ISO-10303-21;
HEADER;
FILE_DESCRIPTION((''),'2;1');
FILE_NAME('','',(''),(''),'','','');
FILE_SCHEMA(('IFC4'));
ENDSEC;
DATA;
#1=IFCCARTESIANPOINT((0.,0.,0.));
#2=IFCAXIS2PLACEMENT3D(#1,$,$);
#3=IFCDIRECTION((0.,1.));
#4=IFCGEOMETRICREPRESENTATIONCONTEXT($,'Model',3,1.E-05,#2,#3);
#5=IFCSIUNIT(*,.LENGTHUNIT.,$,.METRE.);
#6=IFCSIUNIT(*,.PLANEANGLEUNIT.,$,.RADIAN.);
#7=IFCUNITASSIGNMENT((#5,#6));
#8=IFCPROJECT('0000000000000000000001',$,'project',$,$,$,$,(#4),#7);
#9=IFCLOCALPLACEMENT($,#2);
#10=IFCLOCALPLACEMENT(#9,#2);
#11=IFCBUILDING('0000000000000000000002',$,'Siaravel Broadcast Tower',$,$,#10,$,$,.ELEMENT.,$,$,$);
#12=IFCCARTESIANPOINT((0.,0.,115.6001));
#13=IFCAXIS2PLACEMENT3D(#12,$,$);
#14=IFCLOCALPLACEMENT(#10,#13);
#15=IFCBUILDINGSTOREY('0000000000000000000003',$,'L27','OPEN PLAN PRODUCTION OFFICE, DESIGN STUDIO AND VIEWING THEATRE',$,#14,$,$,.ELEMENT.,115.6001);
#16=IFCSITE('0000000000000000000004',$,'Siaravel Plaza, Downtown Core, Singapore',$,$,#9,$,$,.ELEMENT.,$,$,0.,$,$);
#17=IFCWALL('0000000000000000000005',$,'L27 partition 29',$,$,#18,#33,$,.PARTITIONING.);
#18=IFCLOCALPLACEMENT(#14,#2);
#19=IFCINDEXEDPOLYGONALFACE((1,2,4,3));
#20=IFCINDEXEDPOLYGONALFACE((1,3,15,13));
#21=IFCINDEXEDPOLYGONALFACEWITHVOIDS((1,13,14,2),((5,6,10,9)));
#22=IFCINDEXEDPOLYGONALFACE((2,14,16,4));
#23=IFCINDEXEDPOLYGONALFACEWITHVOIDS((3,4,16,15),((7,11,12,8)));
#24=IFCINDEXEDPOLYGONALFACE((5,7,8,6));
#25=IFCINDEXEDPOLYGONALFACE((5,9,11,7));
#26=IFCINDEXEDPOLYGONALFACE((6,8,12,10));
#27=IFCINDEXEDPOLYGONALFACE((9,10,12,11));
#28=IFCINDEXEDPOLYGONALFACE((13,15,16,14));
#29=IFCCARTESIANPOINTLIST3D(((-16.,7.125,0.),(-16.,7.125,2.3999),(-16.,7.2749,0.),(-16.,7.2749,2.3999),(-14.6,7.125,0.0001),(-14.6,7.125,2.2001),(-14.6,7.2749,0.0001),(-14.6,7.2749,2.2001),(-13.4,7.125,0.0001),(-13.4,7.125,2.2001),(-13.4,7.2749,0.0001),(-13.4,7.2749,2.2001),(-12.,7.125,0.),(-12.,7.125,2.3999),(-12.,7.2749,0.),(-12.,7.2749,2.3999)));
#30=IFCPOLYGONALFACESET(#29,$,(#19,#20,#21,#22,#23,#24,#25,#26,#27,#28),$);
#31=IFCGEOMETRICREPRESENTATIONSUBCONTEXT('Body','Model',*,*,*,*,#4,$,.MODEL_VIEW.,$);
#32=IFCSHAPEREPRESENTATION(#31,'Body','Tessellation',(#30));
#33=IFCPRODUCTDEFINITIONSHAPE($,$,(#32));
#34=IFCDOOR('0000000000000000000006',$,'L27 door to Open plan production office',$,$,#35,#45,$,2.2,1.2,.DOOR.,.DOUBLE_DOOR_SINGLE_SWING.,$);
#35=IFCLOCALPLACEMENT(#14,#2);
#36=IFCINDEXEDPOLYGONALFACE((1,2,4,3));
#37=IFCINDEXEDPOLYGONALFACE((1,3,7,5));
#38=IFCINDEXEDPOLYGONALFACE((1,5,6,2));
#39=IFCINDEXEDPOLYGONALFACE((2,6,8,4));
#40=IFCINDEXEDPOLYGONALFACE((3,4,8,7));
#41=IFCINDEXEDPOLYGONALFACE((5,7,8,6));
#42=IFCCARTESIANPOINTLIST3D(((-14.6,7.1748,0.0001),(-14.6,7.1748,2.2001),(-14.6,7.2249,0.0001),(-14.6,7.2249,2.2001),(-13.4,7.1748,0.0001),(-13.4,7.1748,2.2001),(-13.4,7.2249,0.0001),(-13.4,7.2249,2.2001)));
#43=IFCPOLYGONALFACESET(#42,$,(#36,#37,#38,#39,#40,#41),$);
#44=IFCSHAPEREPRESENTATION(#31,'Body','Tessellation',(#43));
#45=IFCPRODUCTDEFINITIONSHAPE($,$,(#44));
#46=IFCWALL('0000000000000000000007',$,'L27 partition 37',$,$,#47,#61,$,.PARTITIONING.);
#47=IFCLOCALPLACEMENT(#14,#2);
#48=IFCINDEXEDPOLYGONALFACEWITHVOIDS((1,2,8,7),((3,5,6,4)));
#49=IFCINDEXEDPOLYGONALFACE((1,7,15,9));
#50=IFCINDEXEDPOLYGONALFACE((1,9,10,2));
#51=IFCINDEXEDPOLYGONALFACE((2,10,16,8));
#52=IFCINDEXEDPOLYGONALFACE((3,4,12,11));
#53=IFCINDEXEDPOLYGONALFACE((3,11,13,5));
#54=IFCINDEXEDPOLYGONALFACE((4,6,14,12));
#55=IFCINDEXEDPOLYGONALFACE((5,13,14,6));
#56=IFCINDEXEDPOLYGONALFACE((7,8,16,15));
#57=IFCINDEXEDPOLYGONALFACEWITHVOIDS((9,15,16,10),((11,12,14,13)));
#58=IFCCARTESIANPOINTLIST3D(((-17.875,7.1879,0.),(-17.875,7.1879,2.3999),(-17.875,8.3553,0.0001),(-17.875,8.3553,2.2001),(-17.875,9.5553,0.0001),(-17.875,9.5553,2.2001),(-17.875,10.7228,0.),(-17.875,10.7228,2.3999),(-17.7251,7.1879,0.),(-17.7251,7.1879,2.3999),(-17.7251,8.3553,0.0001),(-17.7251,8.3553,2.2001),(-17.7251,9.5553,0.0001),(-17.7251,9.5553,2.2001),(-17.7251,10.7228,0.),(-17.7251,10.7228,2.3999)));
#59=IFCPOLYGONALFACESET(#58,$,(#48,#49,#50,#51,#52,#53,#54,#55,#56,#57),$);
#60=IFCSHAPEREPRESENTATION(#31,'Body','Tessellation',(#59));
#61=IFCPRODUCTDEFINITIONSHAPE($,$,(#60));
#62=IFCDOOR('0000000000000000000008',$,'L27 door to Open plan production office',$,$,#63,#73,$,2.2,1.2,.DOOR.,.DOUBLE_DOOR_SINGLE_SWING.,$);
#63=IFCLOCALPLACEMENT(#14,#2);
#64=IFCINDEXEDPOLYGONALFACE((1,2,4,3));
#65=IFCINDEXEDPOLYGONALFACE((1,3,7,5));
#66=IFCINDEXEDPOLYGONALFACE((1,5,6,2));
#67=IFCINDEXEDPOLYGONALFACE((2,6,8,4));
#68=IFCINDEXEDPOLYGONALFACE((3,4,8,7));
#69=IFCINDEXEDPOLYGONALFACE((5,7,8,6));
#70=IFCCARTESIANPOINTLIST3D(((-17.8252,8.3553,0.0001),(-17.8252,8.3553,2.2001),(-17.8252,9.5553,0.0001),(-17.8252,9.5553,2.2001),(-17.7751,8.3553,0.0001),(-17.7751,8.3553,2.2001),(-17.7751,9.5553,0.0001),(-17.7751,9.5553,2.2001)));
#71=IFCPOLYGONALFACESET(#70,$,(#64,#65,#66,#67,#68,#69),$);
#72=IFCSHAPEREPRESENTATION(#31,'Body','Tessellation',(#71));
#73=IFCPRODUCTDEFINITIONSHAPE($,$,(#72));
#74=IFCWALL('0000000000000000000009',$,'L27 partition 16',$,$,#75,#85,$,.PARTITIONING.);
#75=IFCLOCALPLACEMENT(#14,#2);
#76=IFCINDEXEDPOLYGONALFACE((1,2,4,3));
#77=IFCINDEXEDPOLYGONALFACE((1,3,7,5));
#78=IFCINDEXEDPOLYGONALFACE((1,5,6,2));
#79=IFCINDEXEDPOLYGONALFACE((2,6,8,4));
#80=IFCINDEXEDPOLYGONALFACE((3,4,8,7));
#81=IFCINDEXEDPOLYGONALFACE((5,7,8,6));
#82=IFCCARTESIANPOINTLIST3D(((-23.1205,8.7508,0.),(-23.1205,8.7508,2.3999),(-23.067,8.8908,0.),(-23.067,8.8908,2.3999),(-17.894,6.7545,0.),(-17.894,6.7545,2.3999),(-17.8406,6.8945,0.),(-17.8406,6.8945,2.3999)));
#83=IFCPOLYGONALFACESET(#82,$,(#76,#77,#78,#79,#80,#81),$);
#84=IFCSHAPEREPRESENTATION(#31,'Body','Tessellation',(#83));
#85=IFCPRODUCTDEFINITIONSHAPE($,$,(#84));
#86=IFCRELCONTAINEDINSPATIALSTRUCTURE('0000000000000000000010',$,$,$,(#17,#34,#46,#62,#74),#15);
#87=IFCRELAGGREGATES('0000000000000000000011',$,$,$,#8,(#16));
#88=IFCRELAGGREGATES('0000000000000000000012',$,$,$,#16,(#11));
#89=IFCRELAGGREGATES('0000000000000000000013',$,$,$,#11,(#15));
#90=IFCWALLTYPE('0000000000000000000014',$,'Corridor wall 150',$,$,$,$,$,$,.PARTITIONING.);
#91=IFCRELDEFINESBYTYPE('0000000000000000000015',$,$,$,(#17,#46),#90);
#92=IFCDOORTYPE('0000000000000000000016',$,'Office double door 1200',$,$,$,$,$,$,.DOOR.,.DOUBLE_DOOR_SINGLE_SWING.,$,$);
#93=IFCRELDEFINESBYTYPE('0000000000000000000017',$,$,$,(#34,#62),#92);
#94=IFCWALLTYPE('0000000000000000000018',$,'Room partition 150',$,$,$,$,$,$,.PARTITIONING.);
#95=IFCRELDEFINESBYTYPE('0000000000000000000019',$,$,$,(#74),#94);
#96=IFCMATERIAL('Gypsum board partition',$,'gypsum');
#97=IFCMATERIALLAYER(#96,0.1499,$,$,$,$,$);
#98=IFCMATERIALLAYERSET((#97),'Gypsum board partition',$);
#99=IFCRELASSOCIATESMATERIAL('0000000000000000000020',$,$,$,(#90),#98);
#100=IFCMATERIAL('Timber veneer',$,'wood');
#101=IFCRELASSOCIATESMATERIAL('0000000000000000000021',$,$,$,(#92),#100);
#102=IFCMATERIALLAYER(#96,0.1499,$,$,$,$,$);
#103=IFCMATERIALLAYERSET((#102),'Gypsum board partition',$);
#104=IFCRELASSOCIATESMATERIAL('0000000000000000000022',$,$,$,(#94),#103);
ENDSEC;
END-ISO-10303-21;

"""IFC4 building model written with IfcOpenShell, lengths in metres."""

from ifc_helpers import new_model, si_unit, direction, frame, frame_2d, origin, place, context, subcontext, project, spatial, rectangle, extrude, material, layer, layer_set, type_object, element, fill, save


model = new_model("IFC4")

# Units and contexts
model_context = context("Model", 3, precision=1e-05, world=origin(), true_north=direction((0.0, 1.0)))
body_context = subcontext(model_context, "Body", "Model", "MODEL_VIEW")
ifc_project = project(units=[si_unit("LENGTHUNIT", "METRE"), si_unit("PLANEANGLEUNIT", "RADIAN")], contexts=[model_context])

# Site, building, storey
site_placement = place(None, origin())
site = spatial("IfcSite", under=ifc_project, at=site_placement, Name="Siaravel Plaza, Downtown Core, Singapore", CompositionType="ELEMENT", RefElevation=0.0)
building_placement = place(site_placement, origin())
building = spatial("IfcBuilding", under=site, at=building_placement, Name="Siaravel Broadcast Tower", CompositionType="ELEMENT")
storey_placement = place(building_placement, frame((0.0, 0.0, 115.6001)))
storey = spatial("IfcBuildingStorey", under=building, at=storey_placement, Name="L27", Description="OPEN PLAN PRODUCTION OFFICE, DESIGN STUDIO AND VIEWING THEATRE", CompositionType="ELEMENT", Elevation=115.6001)

# Walls, openings, doors
ifc_material_1 = material(Name="Gypsum board partition", Category="gypsum")
ifc_layer_1 = layer(ifc_material_1, 0.1499)
ifc_layer_set_1 = layer_set([ifc_layer_1], Name="Gypsum board partition")
wall_type_1 = type_object("IfcWallType", Name="Corridor wall 150", PredefinedType="PARTITIONING", material=ifc_layer_set_1)
wall_1_placement = place(storey_placement, frame((-16.0, 7.2, 0.0), z_axis=(0.0, 0.0, 1.0), x_axis=(1.0, 0.0, 0.0)))
wall_1 = element("IfcWall", 1, at=wall_1_placement, inside=storey, type_object=wall_type_1, Name="L27 partition 29", PredefinedType="PARTITIONING", context=body_context, shape_type="SweptSolid", body=[
    extrude(rectangle(XDim=4.0, YDim=0.1499, at=frame_2d((2.0, 0.0))), origin(), (0.0, 0.0, 1.0), 2.3999),
])
opening_1_placement = place(wall_1_placement, frame((1.3999, 0.0, 0.0)))
opening_1 = element("IfcOpeningElement", 2, at=opening_1_placement, cuts=wall_1, PredefinedType="OPENING", context=body_context, shape_type="SweptSolid", body=[
    extrude(rectangle(XDim=1.2, YDim=2.2, at=frame_2d((0.6001, 1.1001))), frame((0.0, 0.085, 0.0), z_axis=(0.0, -1.0, 0.0), x_axis=(1.0, 0.0, 0.0)), (0.0, 0.0, 1.0), 0.1699),
])
ifc_material_2 = material(Name="Timber veneer", Category="wood")
door_type = type_object("IfcDoorType", Name="Office double door 1200", OperationType="DOUBLE_DOOR_SINGLE_SWING", PredefinedType="DOOR", material=ifc_material_2)
door_1_placement = place(opening_1_placement, origin())
door_1 = element("IfcDoor", 3, at=door_1_placement, inside=storey, type_object=door_type, Name="L27 door to Open plan production office", OperationType="DOUBLE_DOOR_SINGLE_SWING", OverallHeight=2.2, OverallWidth=1.2, PredefinedType="DOOR", context=body_context, shape_type="SweptSolid", body=[
    extrude(rectangle(XDim=1.2, YDim=2.2, at=frame_2d((0.6001, 1.1001))), frame((0.0, 0.0249, 0.0), z_axis=(0.0, -1.0, 0.0), x_axis=(1.0, 0.0, 0.0)), (0.0, 0.0, 1.0), 0.05),
])
fill(opening_1, door_1)
wall_2_placement = place(storey_placement, frame((-17.8, 10.7229, 0.0), z_axis=(0.0, 0.0, 1.0), x_axis=(0.0, -1.0, 0.0)))
wall_2 = element("IfcWall", 4, at=wall_2_placement, inside=storey, type_object=wall_type_1, Name="L27 partition 37", PredefinedType="PARTITIONING", context=body_context, shape_type="SweptSolid", body=[
    extrude(rectangle(XDim=3.5349, YDim=0.1499, at=frame_2d((1.7676, 0.0))), origin(), (0.0, 0.0, 1.0), 2.3999),
])
opening_2_placement = place(wall_2_placement, frame((1.1675, 0.0, 0.0)))
opening_2 = element("IfcOpeningElement", 5, at=opening_2_placement, cuts=wall_2, PredefinedType="OPENING", context=body_context, shape_type="SweptSolid", body=[
    extrude(rectangle(XDim=1.2, YDim=2.2, at=frame_2d((0.6001, 1.1001))), frame((0.0, 0.085, 0.0), z_axis=(0.0, -1.0, 0.0), x_axis=(1.0, 0.0, 0.0)), (0.0, 0.0, 1.0), 0.1699),
])
door_2_placement = place(opening_2_placement, origin())
door_2 = element("IfcDoor", 6, at=door_2_placement, inside=storey, type_object=door_type, Name="L27 door to Open plan production office", OperationType="DOUBLE_DOOR_SINGLE_SWING", OverallHeight=2.2, OverallWidth=1.2, PredefinedType="DOOR", context=body_context, shape_type="SweptSolid", body=[
    extrude(rectangle(XDim=1.2, YDim=2.2, at=frame_2d((0.6001, 1.1001))), frame((0.0, 0.0249, 0.0), z_axis=(0.0, -1.0, 0.0), x_axis=(1.0, 0.0, 0.0)), (0.0, 0.0, 1.0), 0.05),
])
fill(opening_2, door_2)

# Wall
ifc_layer_2 = layer(ifc_material_1, 0.1499)
ifc_layer_set_2 = layer_set([ifc_layer_2], Name="Gypsum board partition")
wall_type_2 = type_object("IfcWallType", Name="Room partition 150", PredefinedType="PARTITIONING", material=ifc_layer_set_2)
wall_3_placement = place(storey_placement, frame((-23.0938, 8.8208, 0.0), z_axis=(0.0, 0.0, 1.0), x_axis=(0.934174, -0.356817, 0.0)))
element("IfcWall", 7, at=wall_3_placement, inside=storey, type_object=wall_type_2, Name="L27 partition 16", PredefinedType="PARTITIONING", context=body_context, shape_type="SweptSolid", body=[
    extrude(rectangle(XDim=5.5947, YDim=0.1499, at=frame_2d((2.7974, 0.0))), origin(), (0.0, 0.0, 1.0), 2.3999),
])

save(model, "model.ifc")
